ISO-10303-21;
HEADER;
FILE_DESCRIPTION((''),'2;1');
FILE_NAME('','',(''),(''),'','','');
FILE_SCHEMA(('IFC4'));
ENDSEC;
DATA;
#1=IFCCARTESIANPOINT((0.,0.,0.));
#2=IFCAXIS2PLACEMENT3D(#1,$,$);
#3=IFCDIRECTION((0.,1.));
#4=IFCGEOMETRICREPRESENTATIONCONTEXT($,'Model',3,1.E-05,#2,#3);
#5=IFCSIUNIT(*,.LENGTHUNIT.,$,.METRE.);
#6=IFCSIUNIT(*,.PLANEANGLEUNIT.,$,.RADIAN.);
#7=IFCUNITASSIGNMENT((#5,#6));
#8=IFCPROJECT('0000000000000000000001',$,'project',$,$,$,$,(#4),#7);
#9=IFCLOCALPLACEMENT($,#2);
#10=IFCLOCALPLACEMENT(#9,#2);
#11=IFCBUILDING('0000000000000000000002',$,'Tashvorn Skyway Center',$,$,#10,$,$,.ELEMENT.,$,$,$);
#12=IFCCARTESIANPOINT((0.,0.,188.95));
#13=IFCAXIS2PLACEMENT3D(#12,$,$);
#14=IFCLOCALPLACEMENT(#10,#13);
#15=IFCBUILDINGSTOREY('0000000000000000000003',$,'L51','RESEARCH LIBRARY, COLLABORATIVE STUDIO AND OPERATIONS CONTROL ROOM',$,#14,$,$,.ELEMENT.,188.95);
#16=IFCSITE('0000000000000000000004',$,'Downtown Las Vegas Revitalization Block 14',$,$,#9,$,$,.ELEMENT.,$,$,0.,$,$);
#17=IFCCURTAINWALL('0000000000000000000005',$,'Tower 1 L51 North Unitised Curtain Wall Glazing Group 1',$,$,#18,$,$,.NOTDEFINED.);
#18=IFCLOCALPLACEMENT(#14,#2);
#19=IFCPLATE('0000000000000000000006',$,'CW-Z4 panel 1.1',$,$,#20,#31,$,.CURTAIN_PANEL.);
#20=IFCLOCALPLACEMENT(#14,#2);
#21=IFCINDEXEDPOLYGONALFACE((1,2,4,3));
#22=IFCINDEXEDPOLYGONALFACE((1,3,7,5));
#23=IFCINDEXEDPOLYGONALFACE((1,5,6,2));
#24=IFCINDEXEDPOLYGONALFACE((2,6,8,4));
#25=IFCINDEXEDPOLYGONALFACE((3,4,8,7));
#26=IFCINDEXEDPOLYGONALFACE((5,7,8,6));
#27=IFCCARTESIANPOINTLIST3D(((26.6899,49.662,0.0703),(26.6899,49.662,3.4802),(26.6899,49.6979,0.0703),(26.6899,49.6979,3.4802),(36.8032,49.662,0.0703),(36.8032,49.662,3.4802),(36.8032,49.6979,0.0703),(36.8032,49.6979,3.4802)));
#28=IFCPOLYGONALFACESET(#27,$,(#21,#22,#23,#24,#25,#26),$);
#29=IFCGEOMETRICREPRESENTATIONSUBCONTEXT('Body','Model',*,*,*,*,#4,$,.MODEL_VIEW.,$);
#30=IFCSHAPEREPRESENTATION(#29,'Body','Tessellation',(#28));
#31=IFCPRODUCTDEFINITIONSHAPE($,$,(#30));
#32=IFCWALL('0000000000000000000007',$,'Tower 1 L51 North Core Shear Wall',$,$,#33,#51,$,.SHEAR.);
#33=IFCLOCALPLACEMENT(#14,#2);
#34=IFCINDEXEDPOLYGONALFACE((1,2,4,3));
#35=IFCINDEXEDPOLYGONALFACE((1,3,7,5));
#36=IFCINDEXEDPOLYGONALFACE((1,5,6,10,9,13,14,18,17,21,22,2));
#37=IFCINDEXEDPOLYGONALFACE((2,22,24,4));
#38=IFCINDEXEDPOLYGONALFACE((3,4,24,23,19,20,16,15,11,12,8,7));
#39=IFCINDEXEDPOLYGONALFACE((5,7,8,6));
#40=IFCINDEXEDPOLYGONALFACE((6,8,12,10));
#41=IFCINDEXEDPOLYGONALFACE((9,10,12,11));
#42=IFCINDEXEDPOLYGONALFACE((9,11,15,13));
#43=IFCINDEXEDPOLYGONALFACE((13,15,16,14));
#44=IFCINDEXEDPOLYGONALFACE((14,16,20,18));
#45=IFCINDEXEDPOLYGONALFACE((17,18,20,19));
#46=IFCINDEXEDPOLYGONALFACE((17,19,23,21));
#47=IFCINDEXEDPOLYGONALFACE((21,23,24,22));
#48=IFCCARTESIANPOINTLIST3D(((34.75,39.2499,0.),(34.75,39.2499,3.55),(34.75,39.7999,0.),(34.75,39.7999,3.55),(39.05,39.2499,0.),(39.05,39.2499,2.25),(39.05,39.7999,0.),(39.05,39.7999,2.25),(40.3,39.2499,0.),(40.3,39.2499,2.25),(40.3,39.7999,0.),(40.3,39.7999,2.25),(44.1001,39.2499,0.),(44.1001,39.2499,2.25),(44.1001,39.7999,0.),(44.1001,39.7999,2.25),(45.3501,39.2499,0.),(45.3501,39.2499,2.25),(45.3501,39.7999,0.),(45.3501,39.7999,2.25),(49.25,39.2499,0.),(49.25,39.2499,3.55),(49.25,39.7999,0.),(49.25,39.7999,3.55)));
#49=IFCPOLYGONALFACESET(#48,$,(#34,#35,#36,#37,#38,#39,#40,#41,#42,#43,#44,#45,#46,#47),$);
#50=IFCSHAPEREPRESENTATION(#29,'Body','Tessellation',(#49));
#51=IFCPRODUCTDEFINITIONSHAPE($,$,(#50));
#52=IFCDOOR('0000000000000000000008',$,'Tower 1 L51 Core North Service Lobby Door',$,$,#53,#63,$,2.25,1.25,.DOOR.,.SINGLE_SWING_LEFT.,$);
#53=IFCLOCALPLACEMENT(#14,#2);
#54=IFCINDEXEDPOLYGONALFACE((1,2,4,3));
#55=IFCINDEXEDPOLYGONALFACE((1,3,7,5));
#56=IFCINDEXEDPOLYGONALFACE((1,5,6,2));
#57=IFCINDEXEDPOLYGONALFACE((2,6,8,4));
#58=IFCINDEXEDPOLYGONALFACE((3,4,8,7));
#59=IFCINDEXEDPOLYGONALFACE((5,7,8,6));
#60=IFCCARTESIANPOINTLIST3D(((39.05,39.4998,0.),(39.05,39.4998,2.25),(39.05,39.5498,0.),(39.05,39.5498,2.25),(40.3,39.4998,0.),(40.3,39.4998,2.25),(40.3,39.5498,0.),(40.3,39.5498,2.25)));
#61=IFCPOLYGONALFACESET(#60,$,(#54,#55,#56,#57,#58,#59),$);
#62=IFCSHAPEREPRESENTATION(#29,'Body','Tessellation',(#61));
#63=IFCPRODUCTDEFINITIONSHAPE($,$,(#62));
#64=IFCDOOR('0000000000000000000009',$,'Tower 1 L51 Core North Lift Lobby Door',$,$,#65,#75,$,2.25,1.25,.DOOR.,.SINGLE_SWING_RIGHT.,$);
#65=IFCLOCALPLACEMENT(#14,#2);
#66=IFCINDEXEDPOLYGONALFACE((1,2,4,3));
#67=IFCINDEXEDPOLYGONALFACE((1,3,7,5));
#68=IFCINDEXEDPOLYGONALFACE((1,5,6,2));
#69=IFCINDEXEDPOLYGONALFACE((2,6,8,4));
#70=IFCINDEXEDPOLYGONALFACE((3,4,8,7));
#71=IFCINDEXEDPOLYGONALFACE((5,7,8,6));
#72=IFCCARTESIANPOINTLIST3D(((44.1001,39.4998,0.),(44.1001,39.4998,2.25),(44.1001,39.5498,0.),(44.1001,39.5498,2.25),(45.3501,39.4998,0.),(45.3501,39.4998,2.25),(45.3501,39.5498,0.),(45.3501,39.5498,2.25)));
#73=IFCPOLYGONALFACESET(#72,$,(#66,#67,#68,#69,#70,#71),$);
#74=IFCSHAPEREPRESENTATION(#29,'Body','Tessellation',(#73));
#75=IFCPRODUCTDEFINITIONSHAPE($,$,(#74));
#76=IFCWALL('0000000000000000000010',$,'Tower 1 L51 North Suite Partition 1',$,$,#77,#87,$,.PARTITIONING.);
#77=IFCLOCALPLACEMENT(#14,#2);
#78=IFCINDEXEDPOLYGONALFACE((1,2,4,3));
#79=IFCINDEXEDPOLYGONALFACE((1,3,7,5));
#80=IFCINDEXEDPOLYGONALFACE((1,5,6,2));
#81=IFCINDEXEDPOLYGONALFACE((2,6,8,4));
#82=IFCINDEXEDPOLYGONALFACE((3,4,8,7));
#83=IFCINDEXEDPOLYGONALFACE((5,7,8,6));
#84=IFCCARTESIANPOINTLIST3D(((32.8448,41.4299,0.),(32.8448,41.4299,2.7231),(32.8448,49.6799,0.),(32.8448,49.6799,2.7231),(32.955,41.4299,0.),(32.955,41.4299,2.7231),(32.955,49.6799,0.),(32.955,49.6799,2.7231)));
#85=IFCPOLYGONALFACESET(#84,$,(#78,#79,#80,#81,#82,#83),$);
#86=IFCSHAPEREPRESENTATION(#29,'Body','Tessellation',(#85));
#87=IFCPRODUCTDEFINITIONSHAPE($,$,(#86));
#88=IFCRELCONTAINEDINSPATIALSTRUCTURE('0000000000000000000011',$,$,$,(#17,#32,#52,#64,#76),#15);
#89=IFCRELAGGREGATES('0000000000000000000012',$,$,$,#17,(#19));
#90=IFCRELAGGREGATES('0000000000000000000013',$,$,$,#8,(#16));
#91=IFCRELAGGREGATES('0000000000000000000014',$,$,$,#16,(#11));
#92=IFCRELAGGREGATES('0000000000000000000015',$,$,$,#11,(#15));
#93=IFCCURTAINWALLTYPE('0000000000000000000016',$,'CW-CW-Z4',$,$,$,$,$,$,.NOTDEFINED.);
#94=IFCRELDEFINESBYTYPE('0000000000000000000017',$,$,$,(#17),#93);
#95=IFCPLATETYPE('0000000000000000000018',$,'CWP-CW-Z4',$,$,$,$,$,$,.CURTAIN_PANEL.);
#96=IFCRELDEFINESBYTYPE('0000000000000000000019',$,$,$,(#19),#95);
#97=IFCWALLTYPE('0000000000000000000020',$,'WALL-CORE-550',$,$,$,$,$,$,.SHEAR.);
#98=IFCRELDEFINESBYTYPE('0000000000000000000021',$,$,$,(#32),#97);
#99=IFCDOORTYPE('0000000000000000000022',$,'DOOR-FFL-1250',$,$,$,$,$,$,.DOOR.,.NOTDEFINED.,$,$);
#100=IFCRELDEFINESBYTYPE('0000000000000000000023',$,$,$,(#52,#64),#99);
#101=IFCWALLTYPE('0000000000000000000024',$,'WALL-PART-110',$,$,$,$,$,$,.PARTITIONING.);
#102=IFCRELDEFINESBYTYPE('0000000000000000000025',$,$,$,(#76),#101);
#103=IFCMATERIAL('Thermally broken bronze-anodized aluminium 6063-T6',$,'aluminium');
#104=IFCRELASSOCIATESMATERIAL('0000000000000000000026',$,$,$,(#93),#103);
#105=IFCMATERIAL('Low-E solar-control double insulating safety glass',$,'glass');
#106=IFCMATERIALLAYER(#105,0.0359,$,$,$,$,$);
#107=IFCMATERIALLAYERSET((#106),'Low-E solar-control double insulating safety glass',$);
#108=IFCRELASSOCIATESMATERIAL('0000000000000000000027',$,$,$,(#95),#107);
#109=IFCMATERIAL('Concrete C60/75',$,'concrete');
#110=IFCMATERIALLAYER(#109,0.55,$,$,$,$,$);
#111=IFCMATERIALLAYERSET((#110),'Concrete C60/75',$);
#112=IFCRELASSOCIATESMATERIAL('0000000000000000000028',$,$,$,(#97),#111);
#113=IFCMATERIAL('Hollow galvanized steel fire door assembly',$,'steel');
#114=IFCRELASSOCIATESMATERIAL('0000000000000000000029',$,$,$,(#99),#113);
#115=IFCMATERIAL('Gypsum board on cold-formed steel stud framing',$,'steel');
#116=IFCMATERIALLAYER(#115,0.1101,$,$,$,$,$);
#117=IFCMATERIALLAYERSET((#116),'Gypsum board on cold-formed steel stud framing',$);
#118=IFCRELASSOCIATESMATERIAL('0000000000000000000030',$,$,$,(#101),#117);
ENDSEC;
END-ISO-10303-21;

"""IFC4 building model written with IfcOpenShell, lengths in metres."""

from ifc_helpers import new_model, si_unit, direction, frame, frame_2d, origin, origin_2d, place, context, subcontext, project, spatial, rectangle, extrude, material, layer, layer_set, type_object, element, fill, aggregate, save


model = new_model("IFC4")

# Units and contexts
model_context = context("Model", 3, precision=1e-05, world=origin(), true_north=direction((0.0, 1.0)))
body_context = subcontext(model_context, "Body", "Model", "MODEL_VIEW")
ifc_project = project(units=[si_unit("LENGTHUNIT", "METRE"), si_unit("PLANEANGLEUNIT", "RADIAN")], contexts=[model_context])

# Site, building, storey
site_placement = place(None, origin())
site = spatial("IfcSite", under=ifc_project, at=site_placement, Name="Downtown Las Vegas Revitalization Block 14", CompositionType="ELEMENT", RefElevation=0.0)
building_placement = place(site_placement, origin())
building = spatial("IfcBuilding", under=site, at=building_placement, Name="Tashvorn Skyway Center", CompositionType="ELEMENT")
storey_placement = place(building_placement, frame((0.0, 0.0, 188.95)))
storey = spatial("IfcBuildingStorey", under=building, at=storey_placement, Name="L51", Description="RESEARCH LIBRARY, COLLABORATIVE STUDIO AND OPERATIONS CONTROL ROOM", CompositionType="ELEMENT", Elevation=188.95)

# Curtain wall, plate
ifc_material_1 = material(Name="Thermally broken bronze-anodized aluminium 6063-T6", Category="aluminium")
curtain_wall_type = type_object("IfcCurtainWallType", Name="CW-CW-Z4", PredefinedType="NOTDEFINED", material=ifc_material_1)
curtain_wall_placement = place(storey_placement, origin())
curtain_wall = element("IfcCurtainWall", 1, at=curtain_wall_placement, inside=storey, type_object=curtain_wall_type, Name="Tower 1 L51 North Unitised Curtain Wall Glazing Group 1", PredefinedType="NOTDEFINED")
ifc_material_2 = material(Name="Low-E solar-control double insulating safety glass", Category="glass")
ifc_layer_1 = layer(ifc_material_2, 0.0359)
ifc_layer_set_1 = layer_set([ifc_layer_1], Name="Low-E solar-control double insulating safety glass")
plate_type = type_object("IfcPlateType", Name="CWP-CW-Z4", PredefinedType="CURTAIN_PANEL", material=ifc_layer_set_1)
plate_placement = place(storey_placement, frame((31.7466, 49.6799, 0.0703), z_axis=(0.0, 0.0, 1.0), x_axis=(1.0, 0.0, 0.0)))
plate = element("IfcPlate", 2, at=plate_placement, type_object=plate_type, Name="CW-Z4 panel 1.1", PredefinedType="CURTAIN_PANEL", context=body_context, shape_type="SweptSolid", body=[
    extrude(rectangle(XDim=10.1133, YDim=0.0359, at=origin_2d()), origin(), (0.0, 0.0, 1.0), 3.4099),
])
aggregate(curtain_wall, [plate])

# Wall, openings, doors
ifc_material_3 = material(Name="Concrete C60/75", Category="concrete")
ifc_layer_2 = layer(ifc_material_3, 0.55)
ifc_layer_set_2 = layer_set([ifc_layer_2], Name="Concrete C60/75")
wall_type_1 = type_object("IfcWallType", Name="WALL-CORE-550", PredefinedType="SHEAR", material=ifc_layer_set_2)
wall_1_placement = place(storey_placement, frame((34.75, 39.5249, 0.0), z_axis=(0.0, 0.0, 1.0), x_axis=(1.0, 0.0, 0.0)))
wall_1 = element("IfcWall", 3, at=wall_1_placement, inside=storey, type_object=wall_type_1, Name="Tower 1 L51 North Core Shear Wall", PredefinedType="SHEAR", context=body_context, shape_type="SweptSolid", body=[
    extrude(rectangle(XDim=14.5, YDim=0.55, at=frame_2d((7.25, 0.0))), origin(), (0.0, 0.0, 1.0), 3.55),
])
opening_1_placement = place(wall_1_placement, frame((4.3, 0.0, 0.0)))
opening_1 = element("IfcOpeningElement", 4, at=opening_1_placement, cuts=wall_1, PredefinedType="OPENING", context=body_context, shape_type="SweptSolid", body=[
    extrude(rectangle(XDim=1.25, YDim=2.25, at=frame_2d((0.625, 1.125))), frame((0.0, 0.2849, 0.0), z_axis=(0.0, -1.0, 0.0), x_axis=(1.0, 0.0, 0.0)), (0.0, 0.0, 1.0), 0.5701),
])
opening_2_placement = place(wall_1_placement, frame((9.3501, 0.0, 0.0)))
opening_2 = element("IfcOpeningElement", 5, at=opening_2_placement, cuts=wall_1, PredefinedType="OPENING", context=body_context, shape_type="SweptSolid", body=[
    extrude(rectangle(XDim=1.25, YDim=2.25, at=frame_2d((0.625, 1.125))), frame((0.0, 0.2849, 0.0), z_axis=(0.0, -1.0, 0.0), x_axis=(1.0, 0.0, 0.0)), (0.0, 0.0, 1.0), 0.5701),
])
ifc_material_4 = material(Name="Hollow galvanized steel fire door assembly", Category="steel")
door_type_1 = type_object("IfcDoorType", Name="DOOR-FFL-1250", OperationType="NOTDEFINED", PredefinedType="DOOR", material=ifc_material_4)
door_1_placement = place(opening_1_placement, origin())
door_1 = element("IfcDoor", 6, at=door_1_placement, inside=storey, type_object=door_type_1, Name="Tower 1 L51 Core North Service Lobby Door", OperationType="SINGLE_SWING_LEFT", OverallHeight=2.25, OverallWidth=1.25, PredefinedType="DOOR", context=body_context, shape_type="SweptSolid", body=[
    extrude(rectangle(XDim=1.25, YDim=2.25, at=frame_2d((0.625, 1.125))), frame((0.0, 0.0249, 0.0), z_axis=(0.0, -1.0, 0.0), x_axis=(1.0, 0.0, 0.0)), (0.0, 0.0, 1.0), 0.05),
])
fill(opening_1, door_1)
door_2_placement = place(opening_2_placement, origin())
door_2 = element("IfcDoor", 7, at=door_2_placement, inside=storey, type_object=door_type_1, Name="Tower 1 L51 Core North Lift Lobby Door", OperationType="SINGLE_SWING_RIGHT", OverallHeight=2.25, OverallWidth=1.25, PredefinedType="DOOR", context=body_context, shape_type="SweptSolid", body=[
    extrude(rectangle(XDim=1.25, YDim=2.25, at=frame_2d((0.625, 1.125))), frame((0.0, 0.0249, 0.0), z_axis=(0.0, -1.0, 0.0), x_axis=(1.0, 0.0, 0.0)), (0.0, 0.0, 1.0), 0.05),
])
fill(opening_2, door_2)

# Wall
ifc_material_5 = material(Name="Gypsum board on cold-formed steel stud framing", Category="steel")
ifc_layer_3 = layer(ifc_material_5, 0.1101)
ifc_layer_set_3 = layer_set([ifc_layer_3], Name="Gypsum board on cold-formed steel stud framing")
wall_type_2 = type_object("IfcWallType", Name="WALL-PART-110", PredefinedType="PARTITIONING", material=ifc_layer_set_3)
wall_2_placement = place(storey_placement, frame((32.8999, 41.4299, 0.0), z_axis=(0.0, 0.0, 1.0), x_axis=(0.0, 1.0, 0.0)))
element("IfcWall", 8, at=wall_2_placement, inside=storey, type_object=wall_type_2, Name="Tower 1 L51 North Suite Partition 1", PredefinedType="PARTITIONING", context=body_context, shape_type="SweptSolid", body=[
    extrude(rectangle(XDim=8.25, YDim=0.1101, at=frame_2d((4.125, 0.0))), origin(), (0.0, 0.0, 1.0), 2.7231),
])

save(model, "model.ifc")
